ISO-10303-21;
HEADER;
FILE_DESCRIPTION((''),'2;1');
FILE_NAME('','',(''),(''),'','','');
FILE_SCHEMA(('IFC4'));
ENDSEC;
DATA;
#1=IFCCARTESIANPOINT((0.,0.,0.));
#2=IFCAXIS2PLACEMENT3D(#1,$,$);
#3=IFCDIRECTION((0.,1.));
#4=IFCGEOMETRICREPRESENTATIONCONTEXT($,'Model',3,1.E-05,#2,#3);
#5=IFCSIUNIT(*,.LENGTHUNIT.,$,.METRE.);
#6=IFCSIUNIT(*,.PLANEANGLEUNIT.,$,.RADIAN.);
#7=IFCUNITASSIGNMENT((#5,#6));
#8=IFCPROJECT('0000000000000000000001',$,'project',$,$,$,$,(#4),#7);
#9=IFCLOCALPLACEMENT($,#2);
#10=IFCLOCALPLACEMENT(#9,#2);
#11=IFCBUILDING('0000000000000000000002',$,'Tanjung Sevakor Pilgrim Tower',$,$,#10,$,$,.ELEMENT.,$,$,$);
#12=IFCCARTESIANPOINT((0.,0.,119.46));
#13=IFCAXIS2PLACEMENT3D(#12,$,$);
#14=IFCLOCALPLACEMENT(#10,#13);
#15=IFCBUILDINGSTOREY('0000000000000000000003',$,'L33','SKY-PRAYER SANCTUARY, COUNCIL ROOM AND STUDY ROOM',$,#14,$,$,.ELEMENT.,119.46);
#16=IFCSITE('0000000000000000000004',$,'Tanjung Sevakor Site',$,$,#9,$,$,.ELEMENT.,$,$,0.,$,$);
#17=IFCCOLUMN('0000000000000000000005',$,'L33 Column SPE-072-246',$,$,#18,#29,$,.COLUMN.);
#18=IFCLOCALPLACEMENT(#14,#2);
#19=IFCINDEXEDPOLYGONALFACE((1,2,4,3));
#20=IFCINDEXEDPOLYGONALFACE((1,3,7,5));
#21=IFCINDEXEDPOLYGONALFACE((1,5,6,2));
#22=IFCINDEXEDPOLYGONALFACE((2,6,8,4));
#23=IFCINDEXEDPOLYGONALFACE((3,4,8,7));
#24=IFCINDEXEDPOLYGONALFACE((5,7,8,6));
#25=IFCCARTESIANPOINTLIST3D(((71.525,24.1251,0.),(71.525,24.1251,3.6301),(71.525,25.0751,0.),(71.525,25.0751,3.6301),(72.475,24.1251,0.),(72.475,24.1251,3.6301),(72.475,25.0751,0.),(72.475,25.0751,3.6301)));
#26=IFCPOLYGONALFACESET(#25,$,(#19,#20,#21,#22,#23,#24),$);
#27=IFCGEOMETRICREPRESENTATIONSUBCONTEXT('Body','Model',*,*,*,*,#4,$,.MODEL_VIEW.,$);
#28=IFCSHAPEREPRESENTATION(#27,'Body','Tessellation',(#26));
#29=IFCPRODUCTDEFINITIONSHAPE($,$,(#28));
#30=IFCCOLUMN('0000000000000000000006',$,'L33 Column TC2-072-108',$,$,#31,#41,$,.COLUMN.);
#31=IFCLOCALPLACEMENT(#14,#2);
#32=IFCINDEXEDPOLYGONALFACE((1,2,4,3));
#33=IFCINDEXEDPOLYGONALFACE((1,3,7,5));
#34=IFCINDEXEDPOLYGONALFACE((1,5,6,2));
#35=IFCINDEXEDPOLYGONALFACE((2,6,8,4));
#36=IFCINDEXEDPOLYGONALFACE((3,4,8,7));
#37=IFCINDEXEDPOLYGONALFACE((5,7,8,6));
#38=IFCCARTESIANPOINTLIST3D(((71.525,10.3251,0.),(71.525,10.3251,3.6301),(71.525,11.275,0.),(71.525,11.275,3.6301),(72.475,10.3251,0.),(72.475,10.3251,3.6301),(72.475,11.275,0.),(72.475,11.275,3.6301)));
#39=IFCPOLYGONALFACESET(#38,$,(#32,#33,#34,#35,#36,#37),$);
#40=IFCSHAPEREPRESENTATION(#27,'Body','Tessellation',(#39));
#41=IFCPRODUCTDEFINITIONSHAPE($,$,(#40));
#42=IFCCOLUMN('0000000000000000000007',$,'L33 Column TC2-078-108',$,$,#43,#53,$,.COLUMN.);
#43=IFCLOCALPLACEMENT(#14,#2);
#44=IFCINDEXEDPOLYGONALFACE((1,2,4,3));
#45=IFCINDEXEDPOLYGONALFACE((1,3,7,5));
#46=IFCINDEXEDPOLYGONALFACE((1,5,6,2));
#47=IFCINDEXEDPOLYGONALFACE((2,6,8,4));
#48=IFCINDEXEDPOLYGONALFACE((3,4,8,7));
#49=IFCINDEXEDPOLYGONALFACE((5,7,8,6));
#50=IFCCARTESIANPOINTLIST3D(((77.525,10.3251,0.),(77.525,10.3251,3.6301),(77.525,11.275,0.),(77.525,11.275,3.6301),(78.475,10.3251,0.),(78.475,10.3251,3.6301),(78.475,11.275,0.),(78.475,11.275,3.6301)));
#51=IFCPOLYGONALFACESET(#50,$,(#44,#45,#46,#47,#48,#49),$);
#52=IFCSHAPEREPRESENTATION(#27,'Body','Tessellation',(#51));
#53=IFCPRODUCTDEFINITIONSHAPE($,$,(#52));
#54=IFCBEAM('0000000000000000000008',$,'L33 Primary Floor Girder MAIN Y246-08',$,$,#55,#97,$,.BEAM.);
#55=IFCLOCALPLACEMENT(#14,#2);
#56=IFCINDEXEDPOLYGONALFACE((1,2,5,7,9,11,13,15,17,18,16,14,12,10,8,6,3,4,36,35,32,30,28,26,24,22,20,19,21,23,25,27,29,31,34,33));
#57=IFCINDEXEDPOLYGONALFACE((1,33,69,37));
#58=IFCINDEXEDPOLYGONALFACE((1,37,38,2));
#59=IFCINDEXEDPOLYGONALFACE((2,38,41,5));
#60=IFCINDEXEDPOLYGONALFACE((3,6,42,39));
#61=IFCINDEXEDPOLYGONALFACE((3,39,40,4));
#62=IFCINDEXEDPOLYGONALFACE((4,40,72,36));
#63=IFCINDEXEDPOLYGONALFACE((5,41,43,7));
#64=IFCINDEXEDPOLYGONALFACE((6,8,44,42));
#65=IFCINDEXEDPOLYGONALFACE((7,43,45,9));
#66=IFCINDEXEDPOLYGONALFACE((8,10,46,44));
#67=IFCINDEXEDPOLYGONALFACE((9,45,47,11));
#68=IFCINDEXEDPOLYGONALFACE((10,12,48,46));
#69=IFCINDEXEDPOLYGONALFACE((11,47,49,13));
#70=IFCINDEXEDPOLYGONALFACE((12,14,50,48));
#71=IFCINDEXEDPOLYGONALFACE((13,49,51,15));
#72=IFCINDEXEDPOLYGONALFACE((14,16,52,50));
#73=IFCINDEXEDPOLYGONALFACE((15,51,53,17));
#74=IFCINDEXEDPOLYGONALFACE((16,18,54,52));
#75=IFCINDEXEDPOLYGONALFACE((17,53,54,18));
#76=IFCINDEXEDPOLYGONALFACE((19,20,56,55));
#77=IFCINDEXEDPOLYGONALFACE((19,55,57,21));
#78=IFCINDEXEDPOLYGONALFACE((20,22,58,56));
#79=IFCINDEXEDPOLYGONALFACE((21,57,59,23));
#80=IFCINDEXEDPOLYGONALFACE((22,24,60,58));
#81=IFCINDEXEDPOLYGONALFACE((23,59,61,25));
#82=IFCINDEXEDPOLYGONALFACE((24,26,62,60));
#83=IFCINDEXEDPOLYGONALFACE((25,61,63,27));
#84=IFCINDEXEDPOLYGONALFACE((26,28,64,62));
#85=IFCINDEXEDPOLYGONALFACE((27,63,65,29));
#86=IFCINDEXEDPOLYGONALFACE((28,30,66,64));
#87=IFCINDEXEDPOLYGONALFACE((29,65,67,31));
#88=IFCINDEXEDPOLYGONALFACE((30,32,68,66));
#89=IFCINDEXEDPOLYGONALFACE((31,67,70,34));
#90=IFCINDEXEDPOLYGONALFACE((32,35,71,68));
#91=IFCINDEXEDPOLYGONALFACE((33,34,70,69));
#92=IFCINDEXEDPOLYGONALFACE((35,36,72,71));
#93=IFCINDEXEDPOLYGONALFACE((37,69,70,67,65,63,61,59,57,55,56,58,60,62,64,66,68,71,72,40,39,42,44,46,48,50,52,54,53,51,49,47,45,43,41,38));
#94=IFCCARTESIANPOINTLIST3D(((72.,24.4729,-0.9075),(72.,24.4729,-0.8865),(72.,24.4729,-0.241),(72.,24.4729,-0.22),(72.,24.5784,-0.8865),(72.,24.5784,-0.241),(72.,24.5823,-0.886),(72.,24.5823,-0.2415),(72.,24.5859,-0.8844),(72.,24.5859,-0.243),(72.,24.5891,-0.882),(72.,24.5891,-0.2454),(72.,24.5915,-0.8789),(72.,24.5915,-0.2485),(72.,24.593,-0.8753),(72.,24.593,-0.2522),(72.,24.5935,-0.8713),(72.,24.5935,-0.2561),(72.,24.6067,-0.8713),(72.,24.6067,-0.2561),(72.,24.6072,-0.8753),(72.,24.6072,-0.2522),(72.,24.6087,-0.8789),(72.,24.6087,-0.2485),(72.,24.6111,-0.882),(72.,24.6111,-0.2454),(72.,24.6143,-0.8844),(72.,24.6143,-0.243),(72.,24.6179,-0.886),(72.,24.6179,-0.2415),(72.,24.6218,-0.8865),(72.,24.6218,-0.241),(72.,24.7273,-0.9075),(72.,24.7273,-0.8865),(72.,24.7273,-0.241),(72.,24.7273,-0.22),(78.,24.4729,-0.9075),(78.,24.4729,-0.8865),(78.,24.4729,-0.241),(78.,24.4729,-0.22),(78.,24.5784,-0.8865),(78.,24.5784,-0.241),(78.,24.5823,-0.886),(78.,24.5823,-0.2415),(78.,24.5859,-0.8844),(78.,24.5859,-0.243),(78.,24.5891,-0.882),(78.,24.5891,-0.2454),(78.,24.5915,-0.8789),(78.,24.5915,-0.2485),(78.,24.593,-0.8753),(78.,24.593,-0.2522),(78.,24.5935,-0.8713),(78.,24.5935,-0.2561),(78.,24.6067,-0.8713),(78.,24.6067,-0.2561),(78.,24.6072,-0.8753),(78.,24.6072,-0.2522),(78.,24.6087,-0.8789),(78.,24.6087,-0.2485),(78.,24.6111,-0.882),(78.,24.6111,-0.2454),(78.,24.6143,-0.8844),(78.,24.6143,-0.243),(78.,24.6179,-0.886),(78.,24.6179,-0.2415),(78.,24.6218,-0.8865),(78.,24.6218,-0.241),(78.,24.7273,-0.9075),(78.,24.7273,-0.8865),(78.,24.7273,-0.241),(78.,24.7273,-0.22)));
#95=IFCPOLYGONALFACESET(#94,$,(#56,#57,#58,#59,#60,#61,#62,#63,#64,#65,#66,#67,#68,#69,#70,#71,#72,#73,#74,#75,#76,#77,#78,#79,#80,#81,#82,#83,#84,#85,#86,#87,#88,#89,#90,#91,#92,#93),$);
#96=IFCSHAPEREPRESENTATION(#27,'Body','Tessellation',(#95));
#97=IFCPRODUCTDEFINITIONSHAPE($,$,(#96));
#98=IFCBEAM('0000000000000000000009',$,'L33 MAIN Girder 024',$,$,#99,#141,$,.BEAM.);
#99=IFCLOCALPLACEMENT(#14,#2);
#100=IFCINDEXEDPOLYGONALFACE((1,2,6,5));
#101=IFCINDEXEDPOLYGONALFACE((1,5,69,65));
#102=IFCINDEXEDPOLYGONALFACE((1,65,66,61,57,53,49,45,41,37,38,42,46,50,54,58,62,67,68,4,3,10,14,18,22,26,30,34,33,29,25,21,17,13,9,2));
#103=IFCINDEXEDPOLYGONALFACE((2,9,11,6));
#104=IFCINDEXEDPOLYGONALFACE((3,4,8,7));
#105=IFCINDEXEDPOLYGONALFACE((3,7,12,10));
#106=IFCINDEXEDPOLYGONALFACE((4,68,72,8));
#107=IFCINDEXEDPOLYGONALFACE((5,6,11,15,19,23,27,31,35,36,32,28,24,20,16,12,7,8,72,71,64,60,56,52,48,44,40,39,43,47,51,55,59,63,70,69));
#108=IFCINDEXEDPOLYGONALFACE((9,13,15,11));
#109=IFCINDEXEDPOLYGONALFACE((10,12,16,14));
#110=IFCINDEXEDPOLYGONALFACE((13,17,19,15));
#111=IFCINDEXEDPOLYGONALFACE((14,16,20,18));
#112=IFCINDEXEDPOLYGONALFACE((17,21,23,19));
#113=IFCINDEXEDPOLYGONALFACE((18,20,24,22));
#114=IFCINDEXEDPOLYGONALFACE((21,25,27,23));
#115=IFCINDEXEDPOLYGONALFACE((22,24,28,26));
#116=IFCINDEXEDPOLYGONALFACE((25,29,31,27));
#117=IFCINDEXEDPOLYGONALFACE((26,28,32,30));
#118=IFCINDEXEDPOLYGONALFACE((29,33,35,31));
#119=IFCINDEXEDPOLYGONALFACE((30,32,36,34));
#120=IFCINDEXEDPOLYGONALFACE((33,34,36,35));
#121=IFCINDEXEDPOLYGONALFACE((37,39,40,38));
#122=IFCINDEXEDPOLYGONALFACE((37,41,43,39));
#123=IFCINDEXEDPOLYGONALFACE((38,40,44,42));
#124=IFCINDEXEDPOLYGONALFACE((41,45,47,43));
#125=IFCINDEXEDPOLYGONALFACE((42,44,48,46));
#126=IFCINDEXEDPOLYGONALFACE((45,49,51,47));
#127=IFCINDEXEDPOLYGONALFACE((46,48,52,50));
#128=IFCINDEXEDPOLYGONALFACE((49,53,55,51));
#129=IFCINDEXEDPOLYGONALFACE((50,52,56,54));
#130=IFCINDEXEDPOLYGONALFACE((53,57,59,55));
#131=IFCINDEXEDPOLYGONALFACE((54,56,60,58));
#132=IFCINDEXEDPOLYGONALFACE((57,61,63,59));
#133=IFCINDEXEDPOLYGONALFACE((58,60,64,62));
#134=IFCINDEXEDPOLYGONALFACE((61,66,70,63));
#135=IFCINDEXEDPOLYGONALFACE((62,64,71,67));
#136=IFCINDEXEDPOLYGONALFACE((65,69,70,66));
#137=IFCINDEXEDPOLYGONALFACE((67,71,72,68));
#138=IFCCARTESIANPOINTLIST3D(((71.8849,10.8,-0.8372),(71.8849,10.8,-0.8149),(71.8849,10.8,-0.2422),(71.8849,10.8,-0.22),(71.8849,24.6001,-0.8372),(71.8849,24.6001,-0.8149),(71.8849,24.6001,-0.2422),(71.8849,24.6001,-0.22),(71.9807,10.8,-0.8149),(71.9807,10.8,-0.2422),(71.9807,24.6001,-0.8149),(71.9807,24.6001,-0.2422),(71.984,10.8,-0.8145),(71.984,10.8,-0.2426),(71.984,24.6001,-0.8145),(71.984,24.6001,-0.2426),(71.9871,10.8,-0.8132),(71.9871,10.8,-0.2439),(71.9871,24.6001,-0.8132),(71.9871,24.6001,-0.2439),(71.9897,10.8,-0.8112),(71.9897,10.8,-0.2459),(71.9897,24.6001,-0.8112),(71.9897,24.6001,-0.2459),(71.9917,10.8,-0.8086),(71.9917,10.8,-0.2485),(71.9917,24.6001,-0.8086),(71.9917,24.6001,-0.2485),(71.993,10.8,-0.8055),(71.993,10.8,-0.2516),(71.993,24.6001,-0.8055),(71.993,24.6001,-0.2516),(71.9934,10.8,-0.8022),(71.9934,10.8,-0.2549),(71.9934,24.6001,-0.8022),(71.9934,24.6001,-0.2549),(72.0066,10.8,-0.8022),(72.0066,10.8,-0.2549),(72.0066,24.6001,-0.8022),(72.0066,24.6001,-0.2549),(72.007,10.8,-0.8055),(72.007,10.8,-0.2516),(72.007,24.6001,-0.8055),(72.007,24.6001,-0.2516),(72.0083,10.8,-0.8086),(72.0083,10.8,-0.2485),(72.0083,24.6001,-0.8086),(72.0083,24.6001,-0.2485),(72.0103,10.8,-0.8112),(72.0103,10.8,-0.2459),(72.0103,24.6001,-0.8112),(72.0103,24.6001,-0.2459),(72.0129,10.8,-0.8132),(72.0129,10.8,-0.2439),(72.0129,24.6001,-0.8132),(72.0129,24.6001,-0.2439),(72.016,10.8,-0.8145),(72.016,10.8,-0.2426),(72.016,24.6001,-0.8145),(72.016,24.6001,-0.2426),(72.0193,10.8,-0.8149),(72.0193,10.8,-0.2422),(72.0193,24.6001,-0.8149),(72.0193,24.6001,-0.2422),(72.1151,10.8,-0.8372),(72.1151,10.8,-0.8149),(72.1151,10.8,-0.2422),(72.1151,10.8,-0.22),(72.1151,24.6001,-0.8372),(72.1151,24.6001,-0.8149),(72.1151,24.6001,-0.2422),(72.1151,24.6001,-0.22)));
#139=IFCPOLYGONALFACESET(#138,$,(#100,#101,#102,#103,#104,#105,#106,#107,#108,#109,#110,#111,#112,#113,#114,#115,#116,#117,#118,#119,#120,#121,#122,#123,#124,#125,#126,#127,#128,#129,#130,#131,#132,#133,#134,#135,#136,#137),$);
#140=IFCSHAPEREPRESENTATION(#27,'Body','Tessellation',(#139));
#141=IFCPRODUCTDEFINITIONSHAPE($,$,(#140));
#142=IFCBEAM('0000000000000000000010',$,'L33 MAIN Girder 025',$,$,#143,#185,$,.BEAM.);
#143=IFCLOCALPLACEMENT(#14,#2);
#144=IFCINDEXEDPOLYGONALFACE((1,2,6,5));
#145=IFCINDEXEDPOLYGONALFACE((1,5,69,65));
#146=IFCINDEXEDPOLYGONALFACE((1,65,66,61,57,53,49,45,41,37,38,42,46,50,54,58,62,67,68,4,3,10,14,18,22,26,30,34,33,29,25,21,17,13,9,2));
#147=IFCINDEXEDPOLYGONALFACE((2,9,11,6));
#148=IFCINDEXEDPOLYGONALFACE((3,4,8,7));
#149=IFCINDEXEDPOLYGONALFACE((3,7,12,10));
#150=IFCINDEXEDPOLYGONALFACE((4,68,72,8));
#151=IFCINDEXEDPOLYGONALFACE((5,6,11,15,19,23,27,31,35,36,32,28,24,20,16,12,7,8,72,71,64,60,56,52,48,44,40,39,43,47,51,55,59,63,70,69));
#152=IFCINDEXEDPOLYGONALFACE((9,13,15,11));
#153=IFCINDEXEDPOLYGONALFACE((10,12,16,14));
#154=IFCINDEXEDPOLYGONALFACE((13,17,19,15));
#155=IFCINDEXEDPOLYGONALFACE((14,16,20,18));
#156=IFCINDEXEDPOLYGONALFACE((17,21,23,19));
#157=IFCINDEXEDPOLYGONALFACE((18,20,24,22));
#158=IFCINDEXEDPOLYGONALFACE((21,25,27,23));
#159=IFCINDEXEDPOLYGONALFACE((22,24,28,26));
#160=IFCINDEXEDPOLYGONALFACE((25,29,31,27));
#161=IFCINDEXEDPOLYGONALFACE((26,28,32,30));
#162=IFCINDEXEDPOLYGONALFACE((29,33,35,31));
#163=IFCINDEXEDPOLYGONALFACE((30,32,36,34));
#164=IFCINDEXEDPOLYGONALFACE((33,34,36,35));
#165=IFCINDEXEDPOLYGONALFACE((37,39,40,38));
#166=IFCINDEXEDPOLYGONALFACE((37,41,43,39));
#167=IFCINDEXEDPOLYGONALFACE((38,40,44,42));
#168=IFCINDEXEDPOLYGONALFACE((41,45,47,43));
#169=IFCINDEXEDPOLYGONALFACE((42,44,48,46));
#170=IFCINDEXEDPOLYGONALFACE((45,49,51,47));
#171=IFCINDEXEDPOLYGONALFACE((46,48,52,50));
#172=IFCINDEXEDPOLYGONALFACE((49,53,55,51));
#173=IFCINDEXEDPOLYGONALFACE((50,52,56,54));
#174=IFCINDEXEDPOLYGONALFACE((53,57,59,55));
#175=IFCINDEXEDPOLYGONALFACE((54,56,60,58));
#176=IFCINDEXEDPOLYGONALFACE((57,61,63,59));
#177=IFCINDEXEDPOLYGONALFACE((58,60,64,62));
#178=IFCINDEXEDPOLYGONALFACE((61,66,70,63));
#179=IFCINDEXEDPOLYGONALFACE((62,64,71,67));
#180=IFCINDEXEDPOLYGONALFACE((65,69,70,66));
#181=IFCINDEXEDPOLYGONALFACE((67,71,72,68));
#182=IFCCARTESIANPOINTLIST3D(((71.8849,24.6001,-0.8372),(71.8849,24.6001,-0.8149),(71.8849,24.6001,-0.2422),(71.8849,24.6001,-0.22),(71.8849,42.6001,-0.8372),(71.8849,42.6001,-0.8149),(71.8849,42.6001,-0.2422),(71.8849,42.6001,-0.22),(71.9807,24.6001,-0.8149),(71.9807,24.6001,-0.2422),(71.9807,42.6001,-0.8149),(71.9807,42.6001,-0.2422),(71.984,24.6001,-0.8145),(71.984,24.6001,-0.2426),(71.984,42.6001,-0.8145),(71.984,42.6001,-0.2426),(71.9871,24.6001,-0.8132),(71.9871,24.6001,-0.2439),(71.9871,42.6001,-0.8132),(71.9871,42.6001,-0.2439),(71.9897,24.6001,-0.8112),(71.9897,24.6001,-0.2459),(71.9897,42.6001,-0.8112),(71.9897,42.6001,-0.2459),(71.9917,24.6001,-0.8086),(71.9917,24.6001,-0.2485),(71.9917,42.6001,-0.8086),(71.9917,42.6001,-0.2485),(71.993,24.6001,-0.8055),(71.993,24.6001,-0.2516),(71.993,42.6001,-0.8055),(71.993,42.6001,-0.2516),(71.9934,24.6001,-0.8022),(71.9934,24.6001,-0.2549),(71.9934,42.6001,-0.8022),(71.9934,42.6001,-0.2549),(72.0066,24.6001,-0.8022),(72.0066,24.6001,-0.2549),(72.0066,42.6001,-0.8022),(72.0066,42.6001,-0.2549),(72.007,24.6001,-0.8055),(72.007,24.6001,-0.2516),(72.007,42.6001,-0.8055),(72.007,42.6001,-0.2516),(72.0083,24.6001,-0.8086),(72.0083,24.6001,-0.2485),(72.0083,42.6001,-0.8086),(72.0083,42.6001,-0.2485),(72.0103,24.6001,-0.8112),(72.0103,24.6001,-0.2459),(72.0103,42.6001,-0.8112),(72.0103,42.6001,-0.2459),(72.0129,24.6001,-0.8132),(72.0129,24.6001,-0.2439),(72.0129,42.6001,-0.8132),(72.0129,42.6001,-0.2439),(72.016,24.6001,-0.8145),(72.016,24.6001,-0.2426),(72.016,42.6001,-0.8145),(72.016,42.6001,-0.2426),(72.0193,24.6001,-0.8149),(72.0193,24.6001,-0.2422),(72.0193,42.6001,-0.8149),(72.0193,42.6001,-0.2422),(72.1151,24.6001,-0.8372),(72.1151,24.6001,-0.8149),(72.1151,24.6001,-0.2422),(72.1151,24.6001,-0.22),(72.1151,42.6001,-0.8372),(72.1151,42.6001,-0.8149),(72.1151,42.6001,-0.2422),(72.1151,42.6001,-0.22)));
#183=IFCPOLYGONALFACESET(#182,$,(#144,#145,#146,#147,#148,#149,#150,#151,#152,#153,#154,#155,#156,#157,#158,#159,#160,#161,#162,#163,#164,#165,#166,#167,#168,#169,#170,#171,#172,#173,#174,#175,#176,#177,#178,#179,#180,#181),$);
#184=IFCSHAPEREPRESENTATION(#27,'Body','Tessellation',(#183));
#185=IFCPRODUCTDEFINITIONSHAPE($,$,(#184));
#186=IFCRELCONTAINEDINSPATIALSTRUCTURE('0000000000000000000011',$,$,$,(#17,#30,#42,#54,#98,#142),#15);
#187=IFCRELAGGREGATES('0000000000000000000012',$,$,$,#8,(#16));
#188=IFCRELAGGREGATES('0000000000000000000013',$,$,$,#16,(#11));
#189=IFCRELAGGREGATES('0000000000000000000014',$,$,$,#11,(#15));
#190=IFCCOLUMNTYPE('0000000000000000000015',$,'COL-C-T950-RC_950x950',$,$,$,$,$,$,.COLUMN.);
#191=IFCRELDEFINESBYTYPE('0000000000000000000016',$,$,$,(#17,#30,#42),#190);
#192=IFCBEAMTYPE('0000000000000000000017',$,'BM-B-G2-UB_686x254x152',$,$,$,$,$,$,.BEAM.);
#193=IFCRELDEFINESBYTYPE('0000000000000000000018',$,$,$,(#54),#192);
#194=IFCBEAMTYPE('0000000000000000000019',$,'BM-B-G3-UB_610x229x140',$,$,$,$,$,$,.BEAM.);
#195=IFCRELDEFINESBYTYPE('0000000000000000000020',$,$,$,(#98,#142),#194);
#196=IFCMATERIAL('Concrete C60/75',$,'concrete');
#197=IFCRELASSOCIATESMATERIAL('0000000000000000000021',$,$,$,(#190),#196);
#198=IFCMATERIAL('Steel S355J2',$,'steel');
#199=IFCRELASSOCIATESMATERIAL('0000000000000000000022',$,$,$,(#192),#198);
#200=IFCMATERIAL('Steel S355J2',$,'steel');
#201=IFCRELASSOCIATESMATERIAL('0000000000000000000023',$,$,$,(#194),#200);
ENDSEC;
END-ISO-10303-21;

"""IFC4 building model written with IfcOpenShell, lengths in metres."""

from ifc_helpers import new_model, si_unit, direction, frame, origin, origin_2d, place, context, subcontext, project, spatial, rectangle, i_section, extrude, material, material_profile, profile_set, type_object, element, save


model = new_model("IFC4")

# Units and contexts
model_context = context("Model", 3, precision=1e-05, world=origin(), true_north=direction((0.0, 1.0)))
body_context = subcontext(model_context, "Body", "Model", "MODEL_VIEW")
ifc_project = project(units=[si_unit("LENGTHUNIT", "METRE"), si_unit("PLANEANGLEUNIT", "RADIAN")], contexts=[model_context])

# Site, building, storey
site_placement = place(None, origin())
site = spatial("IfcSite", under=ifc_project, at=site_placement, Name="Tanjung Sevakor Site", CompositionType="ELEMENT", RefElevation=0.0)
building_placement = place(site_placement, origin())
building = spatial("IfcBuilding", under=site, at=building_placement, Name="Tanjung Sevakor Pilgrim Tower", CompositionType="ELEMENT")
storey_placement = place(building_placement, frame((0.0, 0.0, 119.46)))
storey = spatial("IfcBuildingStorey", under=building, at=storey_placement, Name="L33", Description="SKY-PRAYER SANCTUARY, COUNCIL ROOM AND STUDY ROOM", CompositionType="ELEMENT", Elevation=119.46)

# Columns
ifc_material_1 = material(Name="Concrete C60/75", Category="concrete")
ifc_material_profile_1 = material_profile(ifc_material_1, rectangle(XDim=0.95, YDim=0.95, at=origin_2d()))
ifc_profile_set_1 = profile_set([ifc_material_profile_1], Name="Concrete C60/75")
column_type = type_object("IfcColumnType", Name="COL-C-T950-RC_950x950", PredefinedType="COLUMN", material=ifc_profile_set_1)
for number, where, z_axis, x_axis, name in (
    (1, (72.0, 24.6001, 0.0), (0.0, 0.0, 1.0), (1.0, 0.0, 0.0), "L33 Column SPE-072-246"),
    (2, (72.0, 10.8, 0.0), (0.0, 0.0, 1.0), (1.0, 0.0, 0.0), "L33 Column TC2-072-108"),
    (3, (78.0, 10.8, 0.0), (0.0, 0.0, 1.0), (1.0, 0.0, 0.0), "L33 Column TC2-078-108"),
):
    element("IfcColumn", number, at=place(storey_placement, frame(where, z_axis=z_axis, x_axis=x_axis)), inside=storey, type_object=column_type, Name=name, PredefinedType="COLUMN", context=body_context, shape_type="SweptSolid", body=[
        extrude(rectangle(XDim=0.95, YDim=0.95, at=origin_2d()), origin(), (0.0, 0.0, 1.0), 3.6301),
    ])

# Beams
ifc_material_2 = material(Name="Steel S355J2", Category="steel")
ifc_material_profile_2 = material_profile(ifc_material_2, i_section(OverallWidth=0.2544, OverallDepth=0.6875, WebThickness=0.0132, FlangeThickness=0.021, FilletRadius=0.0151, at=origin_2d()))
ifc_profile_set_2 = profile_set([ifc_material_profile_2], Name="Steel S355J2")
beam_type_1 = type_object("IfcBeamType", Name="BM-B-G2-UB_686x254x152", PredefinedType="BEAM", material=ifc_profile_set_2)
beam_1_placement = place(storey_placement, frame((72.0, 24.6001, -0.5637), z_axis=(1.0, 0.0, 0.0), x_axis=(0.0, 1.0, 0.0)))
element("IfcBeam", 4, at=beam_1_placement, inside=storey, type_object=beam_type_1, Name="L33 Primary Floor Girder MAIN Y246-08", PredefinedType="BEAM", context=body_context, shape_type="SweptSolid", body=[
    extrude(i_section(OverallWidth=0.2544, OverallDepth=0.6875, WebThickness=0.0132, FlangeThickness=0.021, FilletRadius=0.0151, at=origin_2d()), origin(), (0.0, 0.0, 1.0), 6.0),
])
ifc_material_3 = material(Name="Steel S355J2", Category="steel")
ifc_material_profile_3 = material_profile(ifc_material_3, i_section(OverallWidth=0.2302, OverallDepth=0.6172, WebThickness=0.0132, FlangeThickness=0.0222, FilletRadius=0.0127, at=origin_2d()))
ifc_profile_set_3 = profile_set([ifc_material_profile_3], Name="Steel S355J2")
beam_type_2 = type_object("IfcBeamType", Name="BM-B-G3-UB_610x229x140", PredefinedType="BEAM", material=ifc_profile_set_3)
beam_2_placement = place(storey_placement, frame((72.0, 10.8, -0.5286), z_axis=(0.0, 1.0, 0.0), x_axis=(-1.0, 0.0, 0.0)))
element("IfcBeam", 5, at=beam_2_placement, inside=storey, type_object=beam_type_2, Name="L33 MAIN Girder 024", PredefinedType="BEAM", context=body_context, shape_type="SweptSolid", body=[
    extrude(i_section(OverallWidth=0.2302, OverallDepth=0.6172, WebThickness=0.0132, FlangeThickness=0.0222, FilletRadius=0.0127, at=origin_2d()), origin(), (0.0, 0.0, 1.0), 13.8),
])
beam_3_placement = place(storey_placement, frame((72.0, 24.6001, -0.5286), z_axis=(0.0, 1.0, 0.0), x_axis=(-1.0, 0.0, 0.0)))
element("IfcBeam", 6, at=beam_3_placement, inside=storey, type_object=beam_type_2, Name="L33 MAIN Girder 025", PredefinedType="BEAM", context=body_context, shape_type="SweptSolid", body=[
    extrude(i_section(OverallWidth=0.2302, OverallDepth=0.6172, WebThickness=0.0132, FlangeThickness=0.0222, FilletRadius=0.0127, at=origin_2d()), origin(), (0.0, 0.0, 1.0), 18.0),
])

save(model, "model.ifc")
